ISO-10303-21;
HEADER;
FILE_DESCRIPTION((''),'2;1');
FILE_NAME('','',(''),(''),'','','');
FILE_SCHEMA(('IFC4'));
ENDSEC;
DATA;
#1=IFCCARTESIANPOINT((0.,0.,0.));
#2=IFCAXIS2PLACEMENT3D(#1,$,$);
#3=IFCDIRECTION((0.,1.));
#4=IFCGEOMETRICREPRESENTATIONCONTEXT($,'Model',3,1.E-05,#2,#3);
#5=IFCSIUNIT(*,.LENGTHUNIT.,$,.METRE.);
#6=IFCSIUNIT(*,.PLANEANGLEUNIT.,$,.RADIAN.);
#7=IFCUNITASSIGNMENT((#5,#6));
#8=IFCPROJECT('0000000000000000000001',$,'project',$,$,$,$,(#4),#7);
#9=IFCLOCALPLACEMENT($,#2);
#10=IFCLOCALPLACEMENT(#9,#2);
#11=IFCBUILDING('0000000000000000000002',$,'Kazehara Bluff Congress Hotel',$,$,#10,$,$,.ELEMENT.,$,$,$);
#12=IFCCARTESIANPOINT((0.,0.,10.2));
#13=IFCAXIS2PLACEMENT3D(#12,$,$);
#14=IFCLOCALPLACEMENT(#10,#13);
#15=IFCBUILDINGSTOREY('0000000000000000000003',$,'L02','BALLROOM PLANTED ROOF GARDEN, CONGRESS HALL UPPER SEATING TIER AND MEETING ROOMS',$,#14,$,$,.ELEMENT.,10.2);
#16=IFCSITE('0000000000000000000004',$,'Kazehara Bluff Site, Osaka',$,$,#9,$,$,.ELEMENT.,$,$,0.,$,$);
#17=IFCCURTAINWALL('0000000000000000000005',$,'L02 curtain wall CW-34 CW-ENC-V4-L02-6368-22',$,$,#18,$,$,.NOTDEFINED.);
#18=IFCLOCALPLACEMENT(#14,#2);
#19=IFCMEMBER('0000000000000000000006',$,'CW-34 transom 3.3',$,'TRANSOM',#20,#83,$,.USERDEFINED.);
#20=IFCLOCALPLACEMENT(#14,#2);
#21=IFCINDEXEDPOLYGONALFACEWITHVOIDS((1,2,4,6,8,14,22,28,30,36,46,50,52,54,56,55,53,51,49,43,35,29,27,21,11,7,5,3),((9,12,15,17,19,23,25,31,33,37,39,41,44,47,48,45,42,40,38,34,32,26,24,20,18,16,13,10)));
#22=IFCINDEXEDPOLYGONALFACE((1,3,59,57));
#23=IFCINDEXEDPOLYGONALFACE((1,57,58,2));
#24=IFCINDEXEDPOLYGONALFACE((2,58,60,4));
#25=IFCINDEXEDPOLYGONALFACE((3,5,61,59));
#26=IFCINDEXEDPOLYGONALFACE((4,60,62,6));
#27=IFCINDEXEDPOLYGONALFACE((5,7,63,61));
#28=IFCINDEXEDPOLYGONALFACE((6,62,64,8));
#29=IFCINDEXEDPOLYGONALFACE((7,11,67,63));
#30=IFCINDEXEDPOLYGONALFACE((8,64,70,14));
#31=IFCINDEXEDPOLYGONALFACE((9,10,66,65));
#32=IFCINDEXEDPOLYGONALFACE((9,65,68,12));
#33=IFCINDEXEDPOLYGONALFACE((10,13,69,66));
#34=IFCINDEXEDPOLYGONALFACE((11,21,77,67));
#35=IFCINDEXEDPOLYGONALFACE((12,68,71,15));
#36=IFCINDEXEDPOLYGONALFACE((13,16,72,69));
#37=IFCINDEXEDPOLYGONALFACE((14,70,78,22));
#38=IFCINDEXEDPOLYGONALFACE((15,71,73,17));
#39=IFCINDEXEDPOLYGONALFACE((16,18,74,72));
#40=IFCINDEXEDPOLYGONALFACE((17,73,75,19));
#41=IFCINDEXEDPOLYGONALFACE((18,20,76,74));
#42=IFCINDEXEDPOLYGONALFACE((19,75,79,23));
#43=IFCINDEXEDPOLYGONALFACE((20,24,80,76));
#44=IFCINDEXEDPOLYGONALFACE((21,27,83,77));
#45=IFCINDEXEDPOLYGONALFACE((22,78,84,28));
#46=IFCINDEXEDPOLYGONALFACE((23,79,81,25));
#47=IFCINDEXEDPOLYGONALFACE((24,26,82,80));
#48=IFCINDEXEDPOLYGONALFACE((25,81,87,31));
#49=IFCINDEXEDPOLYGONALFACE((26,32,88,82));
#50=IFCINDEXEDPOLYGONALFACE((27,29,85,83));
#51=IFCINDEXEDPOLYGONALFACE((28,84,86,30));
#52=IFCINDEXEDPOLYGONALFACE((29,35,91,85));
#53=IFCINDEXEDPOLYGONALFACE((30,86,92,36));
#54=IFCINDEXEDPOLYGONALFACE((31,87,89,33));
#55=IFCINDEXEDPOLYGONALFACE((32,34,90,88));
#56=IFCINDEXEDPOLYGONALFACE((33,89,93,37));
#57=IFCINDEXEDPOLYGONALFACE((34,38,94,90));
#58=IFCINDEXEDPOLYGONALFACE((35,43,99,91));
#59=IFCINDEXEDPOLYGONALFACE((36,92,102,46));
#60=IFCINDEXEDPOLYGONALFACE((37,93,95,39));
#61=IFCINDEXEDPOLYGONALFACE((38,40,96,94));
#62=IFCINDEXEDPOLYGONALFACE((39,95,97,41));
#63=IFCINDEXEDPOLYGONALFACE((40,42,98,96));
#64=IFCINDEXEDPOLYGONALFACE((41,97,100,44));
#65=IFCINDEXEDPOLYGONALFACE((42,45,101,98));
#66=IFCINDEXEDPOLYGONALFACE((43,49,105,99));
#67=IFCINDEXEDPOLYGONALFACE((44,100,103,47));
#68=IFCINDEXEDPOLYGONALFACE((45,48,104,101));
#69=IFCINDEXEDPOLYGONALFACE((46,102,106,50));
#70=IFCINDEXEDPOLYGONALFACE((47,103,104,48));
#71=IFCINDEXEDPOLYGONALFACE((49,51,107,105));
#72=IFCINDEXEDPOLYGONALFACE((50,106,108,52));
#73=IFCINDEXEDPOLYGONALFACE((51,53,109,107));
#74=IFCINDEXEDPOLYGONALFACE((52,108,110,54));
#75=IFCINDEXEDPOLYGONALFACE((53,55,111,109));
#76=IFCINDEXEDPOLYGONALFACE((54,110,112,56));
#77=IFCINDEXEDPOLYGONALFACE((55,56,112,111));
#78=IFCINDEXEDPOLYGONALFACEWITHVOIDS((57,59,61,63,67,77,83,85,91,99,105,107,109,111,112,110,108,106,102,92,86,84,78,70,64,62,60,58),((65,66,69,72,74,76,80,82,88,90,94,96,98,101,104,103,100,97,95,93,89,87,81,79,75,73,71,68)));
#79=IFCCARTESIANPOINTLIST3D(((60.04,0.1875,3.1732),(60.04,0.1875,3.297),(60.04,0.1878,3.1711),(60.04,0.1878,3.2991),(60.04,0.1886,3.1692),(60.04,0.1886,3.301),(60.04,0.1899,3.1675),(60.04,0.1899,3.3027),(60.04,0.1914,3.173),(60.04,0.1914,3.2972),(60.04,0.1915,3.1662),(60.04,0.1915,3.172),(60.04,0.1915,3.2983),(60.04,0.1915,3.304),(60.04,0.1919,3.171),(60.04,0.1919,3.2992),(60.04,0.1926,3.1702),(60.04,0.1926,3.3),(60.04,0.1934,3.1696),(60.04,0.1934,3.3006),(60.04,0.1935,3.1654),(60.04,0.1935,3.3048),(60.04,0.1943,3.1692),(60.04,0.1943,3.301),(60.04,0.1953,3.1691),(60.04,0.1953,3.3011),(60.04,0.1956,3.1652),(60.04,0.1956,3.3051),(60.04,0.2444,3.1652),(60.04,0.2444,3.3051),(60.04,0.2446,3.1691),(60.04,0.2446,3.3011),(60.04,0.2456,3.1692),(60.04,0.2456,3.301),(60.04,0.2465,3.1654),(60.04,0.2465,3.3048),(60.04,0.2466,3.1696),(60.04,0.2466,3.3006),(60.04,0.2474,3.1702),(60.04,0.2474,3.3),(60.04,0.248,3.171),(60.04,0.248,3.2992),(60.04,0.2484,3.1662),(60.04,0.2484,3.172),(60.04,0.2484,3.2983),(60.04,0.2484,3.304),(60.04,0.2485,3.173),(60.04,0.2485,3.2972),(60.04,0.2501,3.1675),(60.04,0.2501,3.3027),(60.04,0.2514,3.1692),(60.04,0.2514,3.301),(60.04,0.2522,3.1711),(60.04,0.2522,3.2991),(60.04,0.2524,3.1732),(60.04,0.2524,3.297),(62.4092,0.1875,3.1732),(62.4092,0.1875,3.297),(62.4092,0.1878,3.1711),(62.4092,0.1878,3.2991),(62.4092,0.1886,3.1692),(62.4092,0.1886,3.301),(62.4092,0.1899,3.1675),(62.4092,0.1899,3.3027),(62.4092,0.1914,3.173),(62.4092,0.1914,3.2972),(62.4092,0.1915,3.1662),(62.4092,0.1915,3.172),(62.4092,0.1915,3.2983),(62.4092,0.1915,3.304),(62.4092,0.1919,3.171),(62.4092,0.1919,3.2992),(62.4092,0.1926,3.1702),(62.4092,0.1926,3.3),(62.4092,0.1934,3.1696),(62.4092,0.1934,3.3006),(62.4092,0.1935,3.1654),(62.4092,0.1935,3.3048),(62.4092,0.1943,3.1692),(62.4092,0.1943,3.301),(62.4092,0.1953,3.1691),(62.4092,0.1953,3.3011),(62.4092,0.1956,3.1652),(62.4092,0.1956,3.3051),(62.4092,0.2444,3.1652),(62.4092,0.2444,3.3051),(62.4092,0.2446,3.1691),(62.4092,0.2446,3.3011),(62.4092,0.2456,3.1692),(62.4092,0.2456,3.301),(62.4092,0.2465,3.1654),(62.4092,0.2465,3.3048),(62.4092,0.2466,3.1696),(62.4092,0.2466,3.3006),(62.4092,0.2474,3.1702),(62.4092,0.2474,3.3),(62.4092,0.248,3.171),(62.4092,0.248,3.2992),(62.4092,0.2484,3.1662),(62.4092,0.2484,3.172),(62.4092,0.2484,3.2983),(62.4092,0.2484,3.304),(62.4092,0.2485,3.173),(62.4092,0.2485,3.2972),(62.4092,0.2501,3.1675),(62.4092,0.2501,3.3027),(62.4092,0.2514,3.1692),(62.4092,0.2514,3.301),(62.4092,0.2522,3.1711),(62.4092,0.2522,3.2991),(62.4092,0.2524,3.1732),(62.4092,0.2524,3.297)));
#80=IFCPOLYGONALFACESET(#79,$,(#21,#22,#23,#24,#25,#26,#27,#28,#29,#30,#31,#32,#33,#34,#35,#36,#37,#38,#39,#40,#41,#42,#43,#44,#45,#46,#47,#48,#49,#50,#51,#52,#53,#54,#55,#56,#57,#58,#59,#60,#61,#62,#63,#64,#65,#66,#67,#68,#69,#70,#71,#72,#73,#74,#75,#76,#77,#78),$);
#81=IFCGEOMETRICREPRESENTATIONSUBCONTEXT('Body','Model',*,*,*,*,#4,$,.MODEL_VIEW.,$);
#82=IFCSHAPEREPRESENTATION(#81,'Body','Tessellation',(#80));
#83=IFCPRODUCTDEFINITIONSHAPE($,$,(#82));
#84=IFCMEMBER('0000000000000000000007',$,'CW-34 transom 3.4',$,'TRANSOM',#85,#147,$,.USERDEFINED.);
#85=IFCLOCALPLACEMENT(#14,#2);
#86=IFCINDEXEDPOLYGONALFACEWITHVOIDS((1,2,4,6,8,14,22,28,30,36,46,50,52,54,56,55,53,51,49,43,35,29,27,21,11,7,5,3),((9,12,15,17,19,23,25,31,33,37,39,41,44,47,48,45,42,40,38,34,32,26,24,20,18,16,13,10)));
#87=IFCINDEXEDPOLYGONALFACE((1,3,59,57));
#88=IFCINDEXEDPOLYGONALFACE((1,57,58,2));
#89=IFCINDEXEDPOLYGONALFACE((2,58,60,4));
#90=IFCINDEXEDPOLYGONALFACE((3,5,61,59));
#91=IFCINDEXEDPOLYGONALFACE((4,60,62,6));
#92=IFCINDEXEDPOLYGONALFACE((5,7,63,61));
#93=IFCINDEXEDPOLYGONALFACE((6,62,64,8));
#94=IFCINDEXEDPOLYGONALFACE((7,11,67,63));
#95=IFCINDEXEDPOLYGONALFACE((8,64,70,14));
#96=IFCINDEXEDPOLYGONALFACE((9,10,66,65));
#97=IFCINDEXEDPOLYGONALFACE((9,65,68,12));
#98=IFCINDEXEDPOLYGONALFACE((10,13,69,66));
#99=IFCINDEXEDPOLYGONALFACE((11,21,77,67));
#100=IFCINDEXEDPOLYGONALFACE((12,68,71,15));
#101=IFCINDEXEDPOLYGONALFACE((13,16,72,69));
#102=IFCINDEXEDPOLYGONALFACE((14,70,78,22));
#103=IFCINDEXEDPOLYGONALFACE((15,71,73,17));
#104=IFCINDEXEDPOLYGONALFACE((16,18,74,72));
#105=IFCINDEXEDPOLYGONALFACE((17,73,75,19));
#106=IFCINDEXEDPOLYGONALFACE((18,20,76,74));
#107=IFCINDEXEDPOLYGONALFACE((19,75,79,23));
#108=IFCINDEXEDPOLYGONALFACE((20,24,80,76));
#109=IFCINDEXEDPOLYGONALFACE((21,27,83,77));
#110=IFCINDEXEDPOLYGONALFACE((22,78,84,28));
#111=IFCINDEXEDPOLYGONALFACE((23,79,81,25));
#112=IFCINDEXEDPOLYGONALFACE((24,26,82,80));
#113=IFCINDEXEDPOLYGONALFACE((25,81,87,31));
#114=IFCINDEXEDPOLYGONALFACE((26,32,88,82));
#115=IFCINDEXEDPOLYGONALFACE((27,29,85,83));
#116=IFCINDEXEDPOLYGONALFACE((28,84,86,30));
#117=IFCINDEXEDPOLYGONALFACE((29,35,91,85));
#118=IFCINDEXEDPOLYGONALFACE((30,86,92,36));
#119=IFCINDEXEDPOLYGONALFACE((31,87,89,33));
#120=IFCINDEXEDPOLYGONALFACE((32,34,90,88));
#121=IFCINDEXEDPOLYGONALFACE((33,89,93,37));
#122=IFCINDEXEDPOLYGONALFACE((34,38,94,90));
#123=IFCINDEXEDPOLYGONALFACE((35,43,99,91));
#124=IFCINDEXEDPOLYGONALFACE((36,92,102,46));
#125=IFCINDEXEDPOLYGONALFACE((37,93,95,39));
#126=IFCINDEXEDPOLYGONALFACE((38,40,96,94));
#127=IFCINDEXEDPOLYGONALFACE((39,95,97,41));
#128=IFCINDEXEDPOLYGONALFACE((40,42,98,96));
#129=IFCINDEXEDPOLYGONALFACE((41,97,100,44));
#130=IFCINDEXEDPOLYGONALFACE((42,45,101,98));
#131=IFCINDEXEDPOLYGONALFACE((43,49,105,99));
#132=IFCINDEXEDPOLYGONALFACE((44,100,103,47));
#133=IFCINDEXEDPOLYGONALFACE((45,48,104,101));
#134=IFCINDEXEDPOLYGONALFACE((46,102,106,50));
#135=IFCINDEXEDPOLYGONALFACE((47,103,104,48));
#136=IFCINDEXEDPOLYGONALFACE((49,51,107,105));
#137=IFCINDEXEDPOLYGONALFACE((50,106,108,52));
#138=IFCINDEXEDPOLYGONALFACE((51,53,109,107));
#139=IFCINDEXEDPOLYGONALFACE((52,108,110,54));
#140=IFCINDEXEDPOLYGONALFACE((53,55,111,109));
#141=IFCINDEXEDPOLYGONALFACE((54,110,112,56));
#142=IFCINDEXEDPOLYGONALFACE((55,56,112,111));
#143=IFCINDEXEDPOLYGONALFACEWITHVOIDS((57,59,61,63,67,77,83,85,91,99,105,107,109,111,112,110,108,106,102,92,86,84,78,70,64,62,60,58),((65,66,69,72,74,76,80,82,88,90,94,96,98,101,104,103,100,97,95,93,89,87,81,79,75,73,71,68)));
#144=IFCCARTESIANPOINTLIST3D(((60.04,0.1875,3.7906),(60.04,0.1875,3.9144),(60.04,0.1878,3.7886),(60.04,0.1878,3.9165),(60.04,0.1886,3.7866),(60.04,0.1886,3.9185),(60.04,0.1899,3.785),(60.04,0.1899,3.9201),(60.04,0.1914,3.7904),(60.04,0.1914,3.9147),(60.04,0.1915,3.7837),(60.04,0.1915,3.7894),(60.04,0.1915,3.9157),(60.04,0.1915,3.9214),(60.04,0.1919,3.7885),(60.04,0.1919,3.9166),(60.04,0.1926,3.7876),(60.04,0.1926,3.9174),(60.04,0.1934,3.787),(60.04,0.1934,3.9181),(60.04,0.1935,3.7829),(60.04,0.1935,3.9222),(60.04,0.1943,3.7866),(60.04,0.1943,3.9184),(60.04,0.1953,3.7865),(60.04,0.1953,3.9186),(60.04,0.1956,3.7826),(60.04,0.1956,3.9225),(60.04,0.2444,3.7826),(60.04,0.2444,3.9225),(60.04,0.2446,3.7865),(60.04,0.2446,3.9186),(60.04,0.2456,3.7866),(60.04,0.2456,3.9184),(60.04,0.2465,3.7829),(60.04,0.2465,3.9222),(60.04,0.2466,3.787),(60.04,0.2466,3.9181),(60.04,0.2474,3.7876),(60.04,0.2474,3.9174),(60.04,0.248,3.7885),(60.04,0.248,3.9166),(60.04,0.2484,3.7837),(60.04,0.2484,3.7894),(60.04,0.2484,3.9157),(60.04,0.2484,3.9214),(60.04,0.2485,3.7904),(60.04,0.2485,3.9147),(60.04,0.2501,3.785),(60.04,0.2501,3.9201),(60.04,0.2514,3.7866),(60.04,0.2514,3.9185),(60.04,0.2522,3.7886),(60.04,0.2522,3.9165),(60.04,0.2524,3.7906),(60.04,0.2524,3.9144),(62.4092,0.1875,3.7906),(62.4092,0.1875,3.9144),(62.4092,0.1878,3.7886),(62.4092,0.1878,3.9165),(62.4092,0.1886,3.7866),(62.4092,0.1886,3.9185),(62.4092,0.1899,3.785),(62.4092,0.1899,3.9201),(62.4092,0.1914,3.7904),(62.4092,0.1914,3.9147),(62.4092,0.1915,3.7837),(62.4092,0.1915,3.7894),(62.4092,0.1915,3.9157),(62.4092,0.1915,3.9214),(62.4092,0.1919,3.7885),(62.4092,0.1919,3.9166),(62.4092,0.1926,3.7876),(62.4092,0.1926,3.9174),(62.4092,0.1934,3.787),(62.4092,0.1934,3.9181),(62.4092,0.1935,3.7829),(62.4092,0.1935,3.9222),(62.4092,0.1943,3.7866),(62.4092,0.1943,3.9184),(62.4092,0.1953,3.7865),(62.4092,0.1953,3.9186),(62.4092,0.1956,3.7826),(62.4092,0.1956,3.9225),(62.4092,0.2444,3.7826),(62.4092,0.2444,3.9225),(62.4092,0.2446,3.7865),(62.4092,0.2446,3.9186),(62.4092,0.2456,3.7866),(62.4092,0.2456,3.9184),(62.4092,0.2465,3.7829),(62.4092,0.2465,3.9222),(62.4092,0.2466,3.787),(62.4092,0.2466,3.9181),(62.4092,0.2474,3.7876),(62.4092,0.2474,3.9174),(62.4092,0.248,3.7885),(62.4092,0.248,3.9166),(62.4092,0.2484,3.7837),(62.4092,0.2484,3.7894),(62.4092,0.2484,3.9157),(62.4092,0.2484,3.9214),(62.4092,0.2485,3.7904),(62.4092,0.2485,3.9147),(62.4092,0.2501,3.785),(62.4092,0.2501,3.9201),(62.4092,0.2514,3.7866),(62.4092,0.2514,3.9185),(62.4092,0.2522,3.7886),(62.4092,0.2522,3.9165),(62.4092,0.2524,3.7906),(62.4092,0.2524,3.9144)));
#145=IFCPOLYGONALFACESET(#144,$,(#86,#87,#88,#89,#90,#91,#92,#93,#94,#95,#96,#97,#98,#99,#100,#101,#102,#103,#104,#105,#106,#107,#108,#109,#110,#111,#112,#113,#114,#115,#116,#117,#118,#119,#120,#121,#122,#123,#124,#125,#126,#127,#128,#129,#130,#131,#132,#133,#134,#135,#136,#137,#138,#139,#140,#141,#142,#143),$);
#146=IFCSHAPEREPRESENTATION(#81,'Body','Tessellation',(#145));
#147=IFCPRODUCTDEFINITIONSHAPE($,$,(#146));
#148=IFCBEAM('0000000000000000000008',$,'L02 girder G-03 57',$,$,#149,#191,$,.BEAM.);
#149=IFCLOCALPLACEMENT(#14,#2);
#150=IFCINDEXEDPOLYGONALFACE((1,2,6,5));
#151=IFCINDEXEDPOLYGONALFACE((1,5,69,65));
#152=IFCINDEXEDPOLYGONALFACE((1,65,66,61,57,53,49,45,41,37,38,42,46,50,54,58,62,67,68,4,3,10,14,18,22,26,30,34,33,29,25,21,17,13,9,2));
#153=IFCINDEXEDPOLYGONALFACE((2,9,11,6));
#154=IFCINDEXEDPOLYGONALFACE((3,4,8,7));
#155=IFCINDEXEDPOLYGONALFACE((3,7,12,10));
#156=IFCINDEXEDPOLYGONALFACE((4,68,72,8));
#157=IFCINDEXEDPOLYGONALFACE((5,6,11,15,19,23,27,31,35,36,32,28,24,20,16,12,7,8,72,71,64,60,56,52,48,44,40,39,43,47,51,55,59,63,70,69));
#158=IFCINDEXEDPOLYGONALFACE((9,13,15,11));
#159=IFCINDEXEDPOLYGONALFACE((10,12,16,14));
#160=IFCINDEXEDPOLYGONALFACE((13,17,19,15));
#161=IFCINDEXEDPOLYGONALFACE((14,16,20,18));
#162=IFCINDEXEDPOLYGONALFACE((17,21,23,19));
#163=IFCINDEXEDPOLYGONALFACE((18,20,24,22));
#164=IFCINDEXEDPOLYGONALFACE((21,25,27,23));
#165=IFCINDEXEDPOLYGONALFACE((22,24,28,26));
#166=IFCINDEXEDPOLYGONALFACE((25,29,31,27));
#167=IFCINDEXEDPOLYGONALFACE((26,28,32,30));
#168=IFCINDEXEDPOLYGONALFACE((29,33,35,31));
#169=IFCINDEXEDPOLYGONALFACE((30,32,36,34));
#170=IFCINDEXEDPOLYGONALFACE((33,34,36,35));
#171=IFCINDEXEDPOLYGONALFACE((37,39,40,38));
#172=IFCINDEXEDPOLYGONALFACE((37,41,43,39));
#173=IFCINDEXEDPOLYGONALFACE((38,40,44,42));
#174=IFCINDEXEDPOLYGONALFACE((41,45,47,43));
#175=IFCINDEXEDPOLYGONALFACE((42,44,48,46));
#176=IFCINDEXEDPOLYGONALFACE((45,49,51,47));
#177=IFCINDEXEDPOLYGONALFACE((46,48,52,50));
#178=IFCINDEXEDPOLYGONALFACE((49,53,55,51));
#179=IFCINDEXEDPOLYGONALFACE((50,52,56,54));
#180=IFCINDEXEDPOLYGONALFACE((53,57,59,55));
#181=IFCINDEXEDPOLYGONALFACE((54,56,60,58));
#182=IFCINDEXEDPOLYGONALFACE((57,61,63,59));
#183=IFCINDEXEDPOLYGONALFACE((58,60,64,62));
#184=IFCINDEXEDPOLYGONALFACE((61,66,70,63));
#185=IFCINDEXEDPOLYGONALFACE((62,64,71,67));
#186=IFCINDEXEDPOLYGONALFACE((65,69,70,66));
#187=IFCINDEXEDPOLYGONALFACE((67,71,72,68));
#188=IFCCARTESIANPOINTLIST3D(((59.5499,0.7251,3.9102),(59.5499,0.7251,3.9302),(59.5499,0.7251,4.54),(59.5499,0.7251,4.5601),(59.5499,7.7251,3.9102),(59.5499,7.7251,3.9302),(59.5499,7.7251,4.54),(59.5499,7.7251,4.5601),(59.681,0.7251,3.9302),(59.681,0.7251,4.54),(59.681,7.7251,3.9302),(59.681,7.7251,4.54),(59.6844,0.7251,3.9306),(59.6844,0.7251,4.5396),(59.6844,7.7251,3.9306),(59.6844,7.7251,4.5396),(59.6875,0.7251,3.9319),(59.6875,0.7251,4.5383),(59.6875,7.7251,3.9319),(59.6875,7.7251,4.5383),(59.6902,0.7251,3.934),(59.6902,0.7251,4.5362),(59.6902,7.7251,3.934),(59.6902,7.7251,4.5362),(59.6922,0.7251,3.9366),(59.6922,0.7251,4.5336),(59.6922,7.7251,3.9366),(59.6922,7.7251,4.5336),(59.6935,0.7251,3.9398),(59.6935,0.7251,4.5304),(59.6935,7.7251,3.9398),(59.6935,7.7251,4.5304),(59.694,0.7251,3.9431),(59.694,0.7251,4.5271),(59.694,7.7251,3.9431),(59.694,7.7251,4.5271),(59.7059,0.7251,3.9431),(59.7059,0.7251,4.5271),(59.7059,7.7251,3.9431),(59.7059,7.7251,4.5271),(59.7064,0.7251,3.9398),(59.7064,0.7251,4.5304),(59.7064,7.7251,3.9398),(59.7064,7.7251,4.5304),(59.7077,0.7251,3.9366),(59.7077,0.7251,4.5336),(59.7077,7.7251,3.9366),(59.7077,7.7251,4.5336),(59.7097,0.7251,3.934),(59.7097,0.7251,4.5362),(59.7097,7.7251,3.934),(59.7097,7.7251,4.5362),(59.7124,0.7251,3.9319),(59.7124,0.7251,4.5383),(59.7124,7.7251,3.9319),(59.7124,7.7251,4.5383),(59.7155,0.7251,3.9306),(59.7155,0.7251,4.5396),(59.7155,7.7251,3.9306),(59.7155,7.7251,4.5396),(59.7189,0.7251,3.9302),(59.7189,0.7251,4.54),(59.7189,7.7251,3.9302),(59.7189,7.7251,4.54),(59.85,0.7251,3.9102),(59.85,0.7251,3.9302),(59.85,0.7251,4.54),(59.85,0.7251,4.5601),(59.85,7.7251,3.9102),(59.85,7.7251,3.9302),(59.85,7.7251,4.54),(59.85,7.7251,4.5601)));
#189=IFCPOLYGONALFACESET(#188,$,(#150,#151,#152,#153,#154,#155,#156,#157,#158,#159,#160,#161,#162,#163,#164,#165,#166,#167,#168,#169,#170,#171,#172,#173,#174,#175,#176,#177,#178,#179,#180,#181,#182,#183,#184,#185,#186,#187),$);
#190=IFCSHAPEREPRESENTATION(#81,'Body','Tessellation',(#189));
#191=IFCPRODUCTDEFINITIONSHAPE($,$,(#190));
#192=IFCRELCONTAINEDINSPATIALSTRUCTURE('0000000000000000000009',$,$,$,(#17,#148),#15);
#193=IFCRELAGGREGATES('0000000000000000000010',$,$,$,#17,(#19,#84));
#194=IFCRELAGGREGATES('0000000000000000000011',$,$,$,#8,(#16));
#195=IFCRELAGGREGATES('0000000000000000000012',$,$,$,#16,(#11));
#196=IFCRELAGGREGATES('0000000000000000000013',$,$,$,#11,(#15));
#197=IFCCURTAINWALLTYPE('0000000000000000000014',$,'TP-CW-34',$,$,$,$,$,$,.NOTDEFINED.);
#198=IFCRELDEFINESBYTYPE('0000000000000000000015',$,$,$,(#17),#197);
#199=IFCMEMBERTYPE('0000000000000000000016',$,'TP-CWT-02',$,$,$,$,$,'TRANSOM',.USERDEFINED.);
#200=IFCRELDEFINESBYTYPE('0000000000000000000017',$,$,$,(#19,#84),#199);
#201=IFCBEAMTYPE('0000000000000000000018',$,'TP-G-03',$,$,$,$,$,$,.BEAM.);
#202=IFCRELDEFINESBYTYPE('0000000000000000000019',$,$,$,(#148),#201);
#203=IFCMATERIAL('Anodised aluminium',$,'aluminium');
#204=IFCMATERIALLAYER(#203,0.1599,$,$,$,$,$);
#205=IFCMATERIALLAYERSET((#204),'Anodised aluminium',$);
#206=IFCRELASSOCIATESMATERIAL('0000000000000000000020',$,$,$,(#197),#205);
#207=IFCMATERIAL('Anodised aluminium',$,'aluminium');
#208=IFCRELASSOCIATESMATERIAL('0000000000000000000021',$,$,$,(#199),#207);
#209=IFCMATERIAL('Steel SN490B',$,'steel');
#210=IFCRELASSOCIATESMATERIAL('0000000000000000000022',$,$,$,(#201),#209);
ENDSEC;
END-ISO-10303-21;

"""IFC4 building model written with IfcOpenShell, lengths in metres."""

from ifc_helpers import new_model, si_unit, direction, frame, origin, origin_2d, place, context, subcontext, project, spatial, hollow_rectangle, i_section, extrude, material, layer, layer_set, material_profile, profile_set, type_object, element, aggregate, save


model = new_model("IFC4")

# Units and contexts
model_context = context("Model", 3, precision=1e-05, world=origin(), true_north=direction((0.0, 1.0)))
body_context = subcontext(model_context, "Body", "Model", "MODEL_VIEW")
ifc_project = project(units=[si_unit("LENGTHUNIT", "METRE"), si_unit("PLANEANGLEUNIT", "RADIAN")], contexts=[model_context])

# Site, building, storey
site_placement = place(None, origin())
site = spatial("IfcSite", under=ifc_project, at=site_placement, Name="Kazehara Bluff Site, Osaka", CompositionType="ELEMENT", RefElevation=0.0)
building_placement = place(site_placement, origin())
building = spatial("IfcBuilding", under=site, at=building_placement, Name="Kazehara Bluff Congress Hotel", CompositionType="ELEMENT")
storey_placement = place(building_placement, frame((0.0, 0.0, 10.2)))
storey = spatial("IfcBuildingStorey", under=building, at=storey_placement, Name="L02", Description="BALLROOM PLANTED ROOF GARDEN, CONGRESS HALL UPPER SEATING TIER AND MEETING ROOMS", CompositionType="ELEMENT", Elevation=10.2)

# Curtain wall, members
ifc_material_1 = material(Name="Anodised aluminium", Category="aluminium")
ifc_layer_1 = layer(ifc_material_1, 0.1599)
ifc_layer_set_1 = layer_set([ifc_layer_1], Name="Anodised aluminium")
curtain_wall_type_1 = type_object("IfcCurtainWallType", Name="TP-CW-34", PredefinedType="NOTDEFINED", material=ifc_layer_set_1)
curtain_wall_1_placement = place(storey_placement, origin())
curtain_wall_1 = element("IfcCurtainWall", 1, at=curtain_wall_1_placement, inside=storey, type_object=curtain_wall_type_1, Name="L02 curtain wall CW-34 CW-ENC-V4-L02-6368-22", PredefinedType="NOTDEFINED")
ifc_material_2 = material(Name="Anodised aluminium", Category="aluminium")
ifc_material_profile_1 = material_profile(ifc_material_2, hollow_rectangle(XDim=0.0649, YDim=0.1399, WallThickness=0.0039, InnerFilletRadius=0.0039, OuterFilletRadius=0.0081, at=origin_2d()))
ifc_profile_set_1 = profile_set([ifc_material_profile_1], Name="Anodised aluminium")
member_type_1 = type_object("IfcMemberType", Name="TP-CWT-02", ElementType="TRANSOM", PredefinedType="USERDEFINED", material=ifc_profile_set_1)
member_1_placement = place(storey_placement, frame((62.4092, 0.22, 3.2351), z_axis=(-1.0, 0.0, 0.0), x_axis=(0.0, -1.0, 0.0)))
member_1 = element("IfcMember", 2, at=member_1_placement, type_object=member_type_1, Name="CW-34 transom 3.3", ObjectType="TRANSOM", PredefinedType="USERDEFINED", context=body_context, shape_type="SweptSolid", body=[
    extrude(hollow_rectangle(XDim=0.0649, YDim=0.1399, WallThickness=0.0039, InnerFilletRadius=0.0039, OuterFilletRadius=0.0081, at=origin_2d()), origin(), (0.0, 0.0, 1.0), 2.3691),
])
member_2_placement = place(storey_placement, frame((62.4092, 0.22, 3.8525), z_axis=(-1.0, 0.0, 0.0), x_axis=(0.0, -1.0, 0.0)))
member_2 = element("IfcMember", 3, at=member_2_placement, type_object=member_type_1, Name="CW-34 transom 3.4", ObjectType="TRANSOM", PredefinedType="USERDEFINED", context=body_context, shape_type="SweptSolid", body=[
    extrude(hollow_rectangle(XDim=0.0649, YDim=0.1399, WallThickness=0.0039, InnerFilletRadius=0.0039, OuterFilletRadius=0.0081, at=origin_2d()), origin(), (0.0, 0.0, 1.0), 2.3691),
])

# Beam
ifc_material_3 = material(Name="Steel SN490B", Category="steel")
ifc_material_profile_2 = material_profile(ifc_material_3, i_section(OverallWidth=0.3, OverallDepth=0.6499, WebThickness=0.012, FlangeThickness=0.02, FilletRadius=0.0129, at=origin_2d()))
ifc_profile_set_2 = profile_set([ifc_material_profile_2], Name="Steel SN490B")
beam_type_1 = type_object("IfcBeamType", Name="TP-G-03", PredefinedType="BEAM", material=ifc_profile_set_2)
beam_1_placement = place(storey_placement, frame((59.7, 0.7251, 4.2351), z_axis=(0.0, 1.0, 0.0), x_axis=(-1.0, 0.0, 0.0)))
element("IfcBeam", 4, at=beam_1_placement, inside=storey, type_object=beam_type_1, Name="L02 girder G-03 57", PredefinedType="BEAM", context=body_context, shape_type="SweptSolid", body=[
    extrude(i_section(OverallWidth=0.3, OverallDepth=0.6499, WebThickness=0.012, FlangeThickness=0.02, FilletRadius=0.0129, at=origin_2d()), origin(), (0.0, 0.0, 1.0), 7.0),
])

aggregate(curtain_wall_1, [member_1, member_2])

save(model, "model.ifc")
